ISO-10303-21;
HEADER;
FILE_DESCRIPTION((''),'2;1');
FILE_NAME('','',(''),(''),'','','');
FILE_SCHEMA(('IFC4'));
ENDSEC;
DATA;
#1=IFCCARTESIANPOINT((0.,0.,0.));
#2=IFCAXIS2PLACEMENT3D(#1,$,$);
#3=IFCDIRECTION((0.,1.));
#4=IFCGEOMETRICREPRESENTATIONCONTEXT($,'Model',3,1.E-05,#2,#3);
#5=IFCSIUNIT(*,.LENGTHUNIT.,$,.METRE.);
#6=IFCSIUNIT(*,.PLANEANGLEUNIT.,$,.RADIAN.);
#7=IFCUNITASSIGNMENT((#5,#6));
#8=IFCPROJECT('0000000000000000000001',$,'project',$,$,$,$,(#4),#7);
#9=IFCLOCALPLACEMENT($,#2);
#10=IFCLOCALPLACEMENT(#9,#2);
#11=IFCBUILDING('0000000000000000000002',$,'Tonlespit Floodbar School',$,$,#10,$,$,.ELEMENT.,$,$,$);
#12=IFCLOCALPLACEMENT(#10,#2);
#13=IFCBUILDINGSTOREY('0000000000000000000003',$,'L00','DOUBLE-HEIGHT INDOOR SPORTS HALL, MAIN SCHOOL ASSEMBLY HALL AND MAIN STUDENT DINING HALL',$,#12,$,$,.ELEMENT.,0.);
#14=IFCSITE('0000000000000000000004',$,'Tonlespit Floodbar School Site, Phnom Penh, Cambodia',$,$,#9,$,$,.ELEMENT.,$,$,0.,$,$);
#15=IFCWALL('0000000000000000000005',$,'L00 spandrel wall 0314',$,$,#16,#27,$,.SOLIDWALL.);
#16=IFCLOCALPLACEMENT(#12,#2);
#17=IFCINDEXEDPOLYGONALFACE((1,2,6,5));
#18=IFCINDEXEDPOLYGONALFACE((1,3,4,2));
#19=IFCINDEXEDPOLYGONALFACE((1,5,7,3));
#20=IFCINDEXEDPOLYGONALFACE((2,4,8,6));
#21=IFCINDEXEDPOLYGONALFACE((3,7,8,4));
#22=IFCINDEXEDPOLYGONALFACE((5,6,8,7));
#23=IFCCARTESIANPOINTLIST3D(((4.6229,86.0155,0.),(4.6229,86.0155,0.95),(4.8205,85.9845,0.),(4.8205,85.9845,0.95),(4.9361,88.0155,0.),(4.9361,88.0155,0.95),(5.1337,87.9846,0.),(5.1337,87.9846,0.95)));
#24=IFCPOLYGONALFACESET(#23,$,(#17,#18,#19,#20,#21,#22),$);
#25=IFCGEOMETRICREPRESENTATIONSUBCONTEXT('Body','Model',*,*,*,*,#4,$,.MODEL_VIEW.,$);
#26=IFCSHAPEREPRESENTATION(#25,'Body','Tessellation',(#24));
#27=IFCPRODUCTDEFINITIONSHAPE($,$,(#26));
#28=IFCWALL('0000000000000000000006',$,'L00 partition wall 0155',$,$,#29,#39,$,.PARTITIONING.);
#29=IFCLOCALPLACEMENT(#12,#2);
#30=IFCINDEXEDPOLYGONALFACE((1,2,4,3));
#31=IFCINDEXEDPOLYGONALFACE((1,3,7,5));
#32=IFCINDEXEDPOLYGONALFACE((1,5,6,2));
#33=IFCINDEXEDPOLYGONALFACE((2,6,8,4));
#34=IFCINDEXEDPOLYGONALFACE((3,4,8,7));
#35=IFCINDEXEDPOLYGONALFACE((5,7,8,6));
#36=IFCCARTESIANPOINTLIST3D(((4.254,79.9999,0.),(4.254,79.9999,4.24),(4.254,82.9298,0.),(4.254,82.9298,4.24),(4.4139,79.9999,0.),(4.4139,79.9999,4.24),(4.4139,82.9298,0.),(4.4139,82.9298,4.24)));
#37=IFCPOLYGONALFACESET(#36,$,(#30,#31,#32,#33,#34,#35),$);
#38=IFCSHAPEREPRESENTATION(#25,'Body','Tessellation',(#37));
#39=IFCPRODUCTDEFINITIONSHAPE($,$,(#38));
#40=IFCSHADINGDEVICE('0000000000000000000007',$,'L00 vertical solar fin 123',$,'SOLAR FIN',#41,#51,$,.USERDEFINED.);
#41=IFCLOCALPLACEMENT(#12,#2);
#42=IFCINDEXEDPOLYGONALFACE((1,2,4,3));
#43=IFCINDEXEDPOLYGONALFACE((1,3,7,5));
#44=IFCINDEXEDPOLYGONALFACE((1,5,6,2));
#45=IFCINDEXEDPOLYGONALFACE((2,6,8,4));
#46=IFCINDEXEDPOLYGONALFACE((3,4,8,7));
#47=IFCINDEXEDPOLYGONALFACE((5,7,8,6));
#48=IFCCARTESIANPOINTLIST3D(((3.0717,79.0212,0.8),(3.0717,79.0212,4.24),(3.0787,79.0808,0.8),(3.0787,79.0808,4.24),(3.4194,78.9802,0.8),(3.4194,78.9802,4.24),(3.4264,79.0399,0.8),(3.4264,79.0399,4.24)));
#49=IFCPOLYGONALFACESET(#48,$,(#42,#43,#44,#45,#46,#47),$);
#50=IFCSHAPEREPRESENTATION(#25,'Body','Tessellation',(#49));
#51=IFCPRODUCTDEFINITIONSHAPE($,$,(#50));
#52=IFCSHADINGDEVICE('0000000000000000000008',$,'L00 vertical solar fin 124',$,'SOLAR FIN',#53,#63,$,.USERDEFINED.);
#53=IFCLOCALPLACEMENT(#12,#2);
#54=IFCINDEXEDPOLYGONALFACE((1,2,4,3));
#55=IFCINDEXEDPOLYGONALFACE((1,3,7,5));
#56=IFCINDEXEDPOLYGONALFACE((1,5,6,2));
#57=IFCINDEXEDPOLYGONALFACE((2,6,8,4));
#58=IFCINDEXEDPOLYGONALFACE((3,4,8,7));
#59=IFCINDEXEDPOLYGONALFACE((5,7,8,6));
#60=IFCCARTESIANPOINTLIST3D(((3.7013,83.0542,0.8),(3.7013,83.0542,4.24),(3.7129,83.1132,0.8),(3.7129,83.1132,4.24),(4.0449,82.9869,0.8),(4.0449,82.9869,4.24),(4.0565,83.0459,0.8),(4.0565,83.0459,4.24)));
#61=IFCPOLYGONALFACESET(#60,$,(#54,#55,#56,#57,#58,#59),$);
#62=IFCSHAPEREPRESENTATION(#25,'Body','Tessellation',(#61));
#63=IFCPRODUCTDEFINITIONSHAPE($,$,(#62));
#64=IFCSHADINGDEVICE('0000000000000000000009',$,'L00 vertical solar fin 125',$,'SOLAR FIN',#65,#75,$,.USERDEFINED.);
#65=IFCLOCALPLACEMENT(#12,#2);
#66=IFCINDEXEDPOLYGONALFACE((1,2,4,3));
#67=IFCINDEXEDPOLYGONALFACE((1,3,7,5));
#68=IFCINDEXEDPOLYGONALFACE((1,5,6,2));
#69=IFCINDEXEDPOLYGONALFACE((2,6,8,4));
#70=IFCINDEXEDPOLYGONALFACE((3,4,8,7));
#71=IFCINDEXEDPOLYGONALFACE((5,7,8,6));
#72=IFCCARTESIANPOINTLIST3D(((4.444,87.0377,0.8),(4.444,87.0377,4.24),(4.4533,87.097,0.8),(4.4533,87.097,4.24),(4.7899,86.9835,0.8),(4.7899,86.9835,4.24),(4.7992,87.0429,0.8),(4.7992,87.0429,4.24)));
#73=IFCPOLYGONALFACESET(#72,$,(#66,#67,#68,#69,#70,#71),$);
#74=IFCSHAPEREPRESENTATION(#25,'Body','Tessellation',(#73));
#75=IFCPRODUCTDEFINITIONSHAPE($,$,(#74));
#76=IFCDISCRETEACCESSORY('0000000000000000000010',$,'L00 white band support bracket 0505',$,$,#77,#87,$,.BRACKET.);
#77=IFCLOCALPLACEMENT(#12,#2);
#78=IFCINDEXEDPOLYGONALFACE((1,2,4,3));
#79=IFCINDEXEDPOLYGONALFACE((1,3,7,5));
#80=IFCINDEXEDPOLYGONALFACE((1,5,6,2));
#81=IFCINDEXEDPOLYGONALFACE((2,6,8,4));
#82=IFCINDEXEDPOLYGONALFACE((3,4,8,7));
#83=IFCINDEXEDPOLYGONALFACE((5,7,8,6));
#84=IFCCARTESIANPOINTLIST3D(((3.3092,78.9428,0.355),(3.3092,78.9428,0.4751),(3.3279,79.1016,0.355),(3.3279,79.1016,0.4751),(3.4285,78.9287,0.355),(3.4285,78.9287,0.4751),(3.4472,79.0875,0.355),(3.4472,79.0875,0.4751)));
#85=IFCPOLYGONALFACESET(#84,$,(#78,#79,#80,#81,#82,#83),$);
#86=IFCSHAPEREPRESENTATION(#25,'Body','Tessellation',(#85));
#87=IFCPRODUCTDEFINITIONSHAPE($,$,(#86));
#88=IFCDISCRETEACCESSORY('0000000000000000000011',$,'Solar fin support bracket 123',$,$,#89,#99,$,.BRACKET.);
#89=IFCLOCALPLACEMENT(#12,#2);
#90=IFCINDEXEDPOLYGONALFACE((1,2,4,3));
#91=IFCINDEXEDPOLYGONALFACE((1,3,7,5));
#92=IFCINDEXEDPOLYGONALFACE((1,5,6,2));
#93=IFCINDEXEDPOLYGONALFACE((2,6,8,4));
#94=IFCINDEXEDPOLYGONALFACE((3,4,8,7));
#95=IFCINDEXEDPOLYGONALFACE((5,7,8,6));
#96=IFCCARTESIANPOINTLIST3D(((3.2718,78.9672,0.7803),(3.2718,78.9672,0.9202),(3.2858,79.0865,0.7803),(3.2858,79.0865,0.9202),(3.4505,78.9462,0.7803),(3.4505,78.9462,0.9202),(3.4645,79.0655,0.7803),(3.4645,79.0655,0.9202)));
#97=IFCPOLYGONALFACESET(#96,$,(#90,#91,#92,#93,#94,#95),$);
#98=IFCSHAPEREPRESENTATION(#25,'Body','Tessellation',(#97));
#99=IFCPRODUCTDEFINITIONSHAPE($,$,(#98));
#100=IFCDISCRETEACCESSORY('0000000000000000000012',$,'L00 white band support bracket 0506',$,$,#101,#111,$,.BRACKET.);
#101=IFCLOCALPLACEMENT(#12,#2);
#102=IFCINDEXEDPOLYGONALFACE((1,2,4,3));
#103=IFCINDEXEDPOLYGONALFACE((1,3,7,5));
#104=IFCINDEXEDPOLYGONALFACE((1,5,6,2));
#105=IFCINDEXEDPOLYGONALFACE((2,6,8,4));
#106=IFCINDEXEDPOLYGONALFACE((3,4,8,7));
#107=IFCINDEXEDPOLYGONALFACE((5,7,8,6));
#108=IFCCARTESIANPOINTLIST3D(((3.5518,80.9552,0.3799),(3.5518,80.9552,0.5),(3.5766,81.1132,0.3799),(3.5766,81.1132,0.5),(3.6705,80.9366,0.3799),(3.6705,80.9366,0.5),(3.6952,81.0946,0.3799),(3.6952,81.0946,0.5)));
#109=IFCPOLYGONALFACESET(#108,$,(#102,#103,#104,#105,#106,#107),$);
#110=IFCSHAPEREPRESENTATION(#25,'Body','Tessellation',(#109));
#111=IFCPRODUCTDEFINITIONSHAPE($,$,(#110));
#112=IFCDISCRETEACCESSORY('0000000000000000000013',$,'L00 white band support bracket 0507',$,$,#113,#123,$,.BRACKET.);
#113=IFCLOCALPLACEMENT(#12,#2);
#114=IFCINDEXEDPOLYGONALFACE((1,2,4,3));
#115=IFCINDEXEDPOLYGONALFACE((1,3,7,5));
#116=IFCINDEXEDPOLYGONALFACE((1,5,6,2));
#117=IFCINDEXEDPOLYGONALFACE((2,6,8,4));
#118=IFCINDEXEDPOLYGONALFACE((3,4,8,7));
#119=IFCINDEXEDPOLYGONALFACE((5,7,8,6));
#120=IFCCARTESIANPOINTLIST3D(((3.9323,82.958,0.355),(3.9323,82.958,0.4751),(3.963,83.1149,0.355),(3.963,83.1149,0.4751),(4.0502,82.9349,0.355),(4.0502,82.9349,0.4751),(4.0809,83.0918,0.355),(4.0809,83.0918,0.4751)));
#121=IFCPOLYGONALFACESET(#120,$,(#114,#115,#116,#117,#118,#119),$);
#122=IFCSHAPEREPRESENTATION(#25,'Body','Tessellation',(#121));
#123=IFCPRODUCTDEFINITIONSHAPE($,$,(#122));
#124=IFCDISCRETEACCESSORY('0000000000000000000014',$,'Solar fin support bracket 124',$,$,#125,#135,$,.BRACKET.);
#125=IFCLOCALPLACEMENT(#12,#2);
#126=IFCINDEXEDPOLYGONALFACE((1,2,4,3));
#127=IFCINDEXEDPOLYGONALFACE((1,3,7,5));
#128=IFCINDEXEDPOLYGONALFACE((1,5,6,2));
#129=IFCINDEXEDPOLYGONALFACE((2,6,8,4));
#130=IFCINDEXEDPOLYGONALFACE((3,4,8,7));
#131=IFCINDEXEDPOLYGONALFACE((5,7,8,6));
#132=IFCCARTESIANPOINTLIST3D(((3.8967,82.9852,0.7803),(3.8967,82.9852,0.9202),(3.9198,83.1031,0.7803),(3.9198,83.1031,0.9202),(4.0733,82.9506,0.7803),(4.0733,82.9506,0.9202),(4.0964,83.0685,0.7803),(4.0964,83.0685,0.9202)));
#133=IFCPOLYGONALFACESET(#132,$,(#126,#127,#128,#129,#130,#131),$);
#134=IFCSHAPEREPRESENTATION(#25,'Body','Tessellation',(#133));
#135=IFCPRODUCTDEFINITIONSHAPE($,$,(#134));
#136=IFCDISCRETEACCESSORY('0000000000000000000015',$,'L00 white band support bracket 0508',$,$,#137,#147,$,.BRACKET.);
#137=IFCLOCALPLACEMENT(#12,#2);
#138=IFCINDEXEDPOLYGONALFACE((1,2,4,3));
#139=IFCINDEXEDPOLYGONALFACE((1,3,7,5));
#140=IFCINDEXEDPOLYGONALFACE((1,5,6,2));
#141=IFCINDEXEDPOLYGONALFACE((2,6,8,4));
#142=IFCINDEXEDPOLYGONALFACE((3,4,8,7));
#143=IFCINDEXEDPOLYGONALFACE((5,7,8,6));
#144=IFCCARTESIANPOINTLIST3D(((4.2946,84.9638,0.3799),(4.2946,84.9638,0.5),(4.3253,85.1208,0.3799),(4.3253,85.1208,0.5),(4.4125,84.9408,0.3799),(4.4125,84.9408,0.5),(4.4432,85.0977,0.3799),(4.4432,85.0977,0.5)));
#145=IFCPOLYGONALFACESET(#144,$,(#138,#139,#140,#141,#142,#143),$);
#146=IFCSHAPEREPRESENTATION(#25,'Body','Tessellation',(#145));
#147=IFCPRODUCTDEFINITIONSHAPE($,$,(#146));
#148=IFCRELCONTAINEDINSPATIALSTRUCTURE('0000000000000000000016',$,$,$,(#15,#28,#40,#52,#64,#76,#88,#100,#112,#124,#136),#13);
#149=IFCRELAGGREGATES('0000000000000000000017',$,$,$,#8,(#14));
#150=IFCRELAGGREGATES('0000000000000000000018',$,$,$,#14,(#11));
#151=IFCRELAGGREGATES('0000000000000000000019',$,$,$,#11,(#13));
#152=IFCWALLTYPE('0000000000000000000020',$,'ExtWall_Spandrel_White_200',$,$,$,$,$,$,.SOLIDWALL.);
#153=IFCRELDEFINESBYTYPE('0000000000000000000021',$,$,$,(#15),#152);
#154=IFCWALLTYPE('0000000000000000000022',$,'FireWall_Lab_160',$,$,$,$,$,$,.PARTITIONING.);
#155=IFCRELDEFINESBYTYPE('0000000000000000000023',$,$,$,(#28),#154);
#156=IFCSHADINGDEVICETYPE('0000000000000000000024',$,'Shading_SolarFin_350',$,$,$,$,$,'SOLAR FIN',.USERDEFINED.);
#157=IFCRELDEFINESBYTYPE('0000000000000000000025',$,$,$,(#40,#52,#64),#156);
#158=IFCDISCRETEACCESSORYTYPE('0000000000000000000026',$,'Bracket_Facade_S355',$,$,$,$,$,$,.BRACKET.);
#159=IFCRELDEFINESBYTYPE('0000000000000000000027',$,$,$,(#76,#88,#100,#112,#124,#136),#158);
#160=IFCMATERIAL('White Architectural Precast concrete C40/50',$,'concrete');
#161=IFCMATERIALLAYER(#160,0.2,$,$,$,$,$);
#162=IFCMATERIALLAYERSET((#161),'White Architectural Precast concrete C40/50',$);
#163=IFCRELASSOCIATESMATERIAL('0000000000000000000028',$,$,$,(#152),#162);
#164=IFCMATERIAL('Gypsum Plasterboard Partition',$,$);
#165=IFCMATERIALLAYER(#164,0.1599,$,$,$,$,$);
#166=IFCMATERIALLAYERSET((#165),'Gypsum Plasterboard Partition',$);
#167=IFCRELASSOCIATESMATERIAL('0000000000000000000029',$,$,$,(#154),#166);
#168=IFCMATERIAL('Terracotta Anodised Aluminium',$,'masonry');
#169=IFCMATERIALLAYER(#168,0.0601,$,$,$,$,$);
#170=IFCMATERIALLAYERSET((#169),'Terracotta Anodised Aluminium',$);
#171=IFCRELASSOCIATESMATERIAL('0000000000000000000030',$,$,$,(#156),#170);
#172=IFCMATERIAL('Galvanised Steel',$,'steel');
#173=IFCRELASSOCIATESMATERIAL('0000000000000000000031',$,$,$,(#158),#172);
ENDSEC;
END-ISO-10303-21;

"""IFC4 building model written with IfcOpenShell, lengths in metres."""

from ifc_helpers import new_model, si_unit, direction, frame, frame_2d, origin, origin_2d, place, context, subcontext, project, spatial, rectangle, extrude, material, layer, layer_set, type_object, element, save


model = new_model("IFC4")

# Units and contexts
model_context = context("Model", 3, precision=1e-05, world=origin(), true_north=direction((0.0, 1.0)))
body_context = subcontext(model_context, "Body", "Model", "MODEL_VIEW")
ifc_project = project(units=[si_unit("LENGTHUNIT", "METRE"), si_unit("PLANEANGLEUNIT", "RADIAN")], contexts=[model_context])

# Site, building, storey
site_placement = place(None, origin())
site = spatial("IfcSite", under=ifc_project, at=site_placement, Name="Tonlespit Floodbar School Site, Phnom Penh, Cambodia", CompositionType="ELEMENT", RefElevation=0.0)
building_placement = place(site_placement, origin())
building = spatial("IfcBuilding", under=site, at=building_placement, Name="Tonlespit Floodbar School", CompositionType="ELEMENT")
storey_placement = place(building_placement, origin())
storey = spatial("IfcBuildingStorey", under=building, at=storey_placement, Name="L00", Description="DOUBLE-HEIGHT INDOOR SPORTS HALL, MAIN SCHOOL ASSEMBLY HALL AND MAIN STUDENT DINING HALL", CompositionType="ELEMENT", Elevation=0.0)

# Walls
ifc_material_1 = material(Name="White Architectural Precast concrete C40/50", Category="concrete")
ifc_layer_1 = layer(ifc_material_1, 0.2)
ifc_layer_set_1 = layer_set([ifc_layer_1], Name="White Architectural Precast concrete C40/50")
wall_type_1 = type_object("IfcWallType", Name="ExtWall_Spandrel_White_200", PredefinedType="SOLIDWALL", material=ifc_layer_set_1)
wall_1_placement = place(storey_placement, frame((4.7217, 86.0, 0.0), z_axis=(0.0, 0.0, 1.0), x_axis=(0.15473, 0.987957, 0.0)))
element("IfcWall", 1, at=wall_1_placement, inside=storey, type_object=wall_type_1, Name="L00 spandrel wall 0314", PredefinedType="SOLIDWALL", context=body_context, shape_type="SweptSolid", body=[
    extrude(rectangle(XDim=2.0244, YDim=0.2, at=frame_2d((1.0122, 0.0))), origin(), (0.0, 0.0, 1.0), 0.95),
])
ifc_material_2 = material(Name="Gypsum Plasterboard Partition")
ifc_layer_2 = layer(ifc_material_2, 0.1599)
ifc_layer_set_2 = layer_set([ifc_layer_2], Name="Gypsum Plasterboard Partition")
wall_type_2 = type_object("IfcWallType", Name="FireWall_Lab_160", PredefinedType="PARTITIONING", material=ifc_layer_set_2)
wall_2_placement = place(storey_placement, frame((4.334, 80.0, 0.0), z_axis=(0.0, 0.0, 1.0), x_axis=(0.0, 1.0, 0.0)))
element("IfcWall", 2, at=wall_2_placement, inside=storey, type_object=wall_type_2, Name="L00 partition wall 0155", PredefinedType="PARTITIONING", context=body_context, shape_type="SweptSolid", body=[
    extrude(rectangle(XDim=2.9299, YDim=0.1599, at=frame_2d((1.4648, 0.0))), origin(), (0.0, 0.0, 1.0), 4.24),
])

# Shading devices
ifc_material_3 = material(Name="Terracotta Anodised Aluminium", Category="masonry")
ifc_layer_3 = layer(ifc_material_3, 0.0601)
ifc_layer_set_3 = layer_set([ifc_layer_3], Name="Terracotta Anodised Aluminium")
shading_device_type = type_object("IfcShadingDeviceType", Name="Shading_SolarFin_350", ElementType="SOLAR FIN", PredefinedType="USERDEFINED", material=ifc_layer_set_3)
for number, where, z_axis, x_axis, name in (
    (3, (3.249, 79.0305, 0.8), (0.0, 0.0, 1.0), (0.116991, 0.993133, 0.0), "L00 vertical solar fin 123"),
    (4, (3.8789, 83.05, 0.8), (0.0, 0.0, 1.0), (0.192246, 0.981347, 0.0), "L00 vertical solar fin 124"),
    (5, (4.6216, 87.0403, 0.8), (0.0, 0.0, 1.0), (0.154714, 0.987959, 0.0), "L00 vertical solar fin 125"),
):
    element("IfcShadingDevice", number, at=place(storey_placement, frame(where, z_axis=z_axis, x_axis=x_axis)), inside=storey, type_object=shading_device_type, Name=name, ObjectType="SOLAR FIN", PredefinedType="USERDEFINED", context=body_context, shape_type="SweptSolid", body=[
        extrude(rectangle(XDim=0.0601, YDim=0.3501, at=origin_2d()), origin(), (0.0, 0.0, 1.0), 3.4399),
    ])

# Discrete accessories
ifc_material_4 = material(Name="Galvanised Steel", Category="steel")
discrete_accessory_type = type_object("IfcDiscreteAccessoryType", Name="Bracket_Facade_S355", PredefinedType="BRACKET", material=ifc_material_4)
discrete_accessory_1_placement = place(storey_placement, frame((3.3782, 79.0151, 0.355), z_axis=(0.0, 0.0, 1.0), x_axis=(0.116991, 0.993133, 0.0)))
element("IfcDiscreteAccessory", 6, at=discrete_accessory_1_placement, inside=storey, type_object=discrete_accessory_type, Name="L00 white band support bracket 0505", PredefinedType="BRACKET", context=body_context, shape_type="SweptSolid", body=[
    extrude(rectangle(XDim=0.1599, YDim=0.1201, at=origin_2d()), origin(), (0.0, 0.0, 1.0), 0.1201),
])
discrete_accessory_2_placement = place(storey_placement, frame((3.3682, 79.0164, 0.7803), z_axis=(0.0, 0.0, 1.0), x_axis=(0.116991, 0.993133, 0.0)))
element("IfcDiscreteAccessory", 7, at=discrete_accessory_2_placement, inside=storey, type_object=discrete_accessory_type, Name="Solar fin support bracket 123", PredefinedType="BRACKET", context=body_context, shape_type="SweptSolid", body=[
    extrude(rectangle(XDim=0.1201, YDim=0.1799, at=origin_2d()), origin(), (0.0, 0.0, 1.0), 0.1399),
])
for number, where, z_axis, x_axis, name in (
    (8, (3.6235, 81.0249, 0.3799), (0.0, 0.0, 1.0), (0.154714, 0.987959, 0.0), "L00 white band support bracket 0506"),
    (9, (4.0066, 83.0249, 0.355), (0.0, 0.0, 1.0), (0.192246, 0.981347, 0.0), "L00 white band support bracket 0507"),
):
    element("IfcDiscreteAccessory", number, at=place(storey_placement, frame(where, z_axis=z_axis, x_axis=x_axis)), inside=storey, type_object=discrete_accessory_type, Name=name, PredefinedType="BRACKET", context=body_context, shape_type="SweptSolid", body=[
        extrude(rectangle(XDim=0.1599, YDim=0.1201, at=origin_2d()), origin(), (0.0, 0.0, 1.0), 0.1201),
    ])
discrete_accessory_3_placement = place(storey_placement, frame((3.9966, 83.0269, 0.7803), z_axis=(0.0, 0.0, 1.0), x_axis=(0.192246, 0.981347, 0.0)))
element("IfcDiscreteAccessory", 10, at=discrete_accessory_3_placement, inside=storey, type_object=discrete_accessory_type, Name="Solar fin support bracket 124", PredefinedType="BRACKET", context=body_context, shape_type="SweptSolid", body=[
    extrude(rectangle(XDim=0.1201, YDim=0.1799, at=origin_2d()), origin(), (0.0, 0.0, 1.0), 0.1399),
])
discrete_accessory_4_placement = place(storey_placement, frame((4.3689, 85.0308, 0.3799), z_axis=(0.0, 0.0, 1.0), x_axis=(0.192246, 0.981347, 0.0)))
element("IfcDiscreteAccessory", 11, at=discrete_accessory_4_placement, inside=storey, type_object=discrete_accessory_type, Name="L00 white band support bracket 0508", PredefinedType="BRACKET", context=body_context, shape_type="SweptSolid", body=[
    extrude(rectangle(XDim=0.1599, YDim=0.1201, at=origin_2d()), origin(), (0.0, 0.0, 1.0), 0.1201),
])

save(model, "model.ifc")
